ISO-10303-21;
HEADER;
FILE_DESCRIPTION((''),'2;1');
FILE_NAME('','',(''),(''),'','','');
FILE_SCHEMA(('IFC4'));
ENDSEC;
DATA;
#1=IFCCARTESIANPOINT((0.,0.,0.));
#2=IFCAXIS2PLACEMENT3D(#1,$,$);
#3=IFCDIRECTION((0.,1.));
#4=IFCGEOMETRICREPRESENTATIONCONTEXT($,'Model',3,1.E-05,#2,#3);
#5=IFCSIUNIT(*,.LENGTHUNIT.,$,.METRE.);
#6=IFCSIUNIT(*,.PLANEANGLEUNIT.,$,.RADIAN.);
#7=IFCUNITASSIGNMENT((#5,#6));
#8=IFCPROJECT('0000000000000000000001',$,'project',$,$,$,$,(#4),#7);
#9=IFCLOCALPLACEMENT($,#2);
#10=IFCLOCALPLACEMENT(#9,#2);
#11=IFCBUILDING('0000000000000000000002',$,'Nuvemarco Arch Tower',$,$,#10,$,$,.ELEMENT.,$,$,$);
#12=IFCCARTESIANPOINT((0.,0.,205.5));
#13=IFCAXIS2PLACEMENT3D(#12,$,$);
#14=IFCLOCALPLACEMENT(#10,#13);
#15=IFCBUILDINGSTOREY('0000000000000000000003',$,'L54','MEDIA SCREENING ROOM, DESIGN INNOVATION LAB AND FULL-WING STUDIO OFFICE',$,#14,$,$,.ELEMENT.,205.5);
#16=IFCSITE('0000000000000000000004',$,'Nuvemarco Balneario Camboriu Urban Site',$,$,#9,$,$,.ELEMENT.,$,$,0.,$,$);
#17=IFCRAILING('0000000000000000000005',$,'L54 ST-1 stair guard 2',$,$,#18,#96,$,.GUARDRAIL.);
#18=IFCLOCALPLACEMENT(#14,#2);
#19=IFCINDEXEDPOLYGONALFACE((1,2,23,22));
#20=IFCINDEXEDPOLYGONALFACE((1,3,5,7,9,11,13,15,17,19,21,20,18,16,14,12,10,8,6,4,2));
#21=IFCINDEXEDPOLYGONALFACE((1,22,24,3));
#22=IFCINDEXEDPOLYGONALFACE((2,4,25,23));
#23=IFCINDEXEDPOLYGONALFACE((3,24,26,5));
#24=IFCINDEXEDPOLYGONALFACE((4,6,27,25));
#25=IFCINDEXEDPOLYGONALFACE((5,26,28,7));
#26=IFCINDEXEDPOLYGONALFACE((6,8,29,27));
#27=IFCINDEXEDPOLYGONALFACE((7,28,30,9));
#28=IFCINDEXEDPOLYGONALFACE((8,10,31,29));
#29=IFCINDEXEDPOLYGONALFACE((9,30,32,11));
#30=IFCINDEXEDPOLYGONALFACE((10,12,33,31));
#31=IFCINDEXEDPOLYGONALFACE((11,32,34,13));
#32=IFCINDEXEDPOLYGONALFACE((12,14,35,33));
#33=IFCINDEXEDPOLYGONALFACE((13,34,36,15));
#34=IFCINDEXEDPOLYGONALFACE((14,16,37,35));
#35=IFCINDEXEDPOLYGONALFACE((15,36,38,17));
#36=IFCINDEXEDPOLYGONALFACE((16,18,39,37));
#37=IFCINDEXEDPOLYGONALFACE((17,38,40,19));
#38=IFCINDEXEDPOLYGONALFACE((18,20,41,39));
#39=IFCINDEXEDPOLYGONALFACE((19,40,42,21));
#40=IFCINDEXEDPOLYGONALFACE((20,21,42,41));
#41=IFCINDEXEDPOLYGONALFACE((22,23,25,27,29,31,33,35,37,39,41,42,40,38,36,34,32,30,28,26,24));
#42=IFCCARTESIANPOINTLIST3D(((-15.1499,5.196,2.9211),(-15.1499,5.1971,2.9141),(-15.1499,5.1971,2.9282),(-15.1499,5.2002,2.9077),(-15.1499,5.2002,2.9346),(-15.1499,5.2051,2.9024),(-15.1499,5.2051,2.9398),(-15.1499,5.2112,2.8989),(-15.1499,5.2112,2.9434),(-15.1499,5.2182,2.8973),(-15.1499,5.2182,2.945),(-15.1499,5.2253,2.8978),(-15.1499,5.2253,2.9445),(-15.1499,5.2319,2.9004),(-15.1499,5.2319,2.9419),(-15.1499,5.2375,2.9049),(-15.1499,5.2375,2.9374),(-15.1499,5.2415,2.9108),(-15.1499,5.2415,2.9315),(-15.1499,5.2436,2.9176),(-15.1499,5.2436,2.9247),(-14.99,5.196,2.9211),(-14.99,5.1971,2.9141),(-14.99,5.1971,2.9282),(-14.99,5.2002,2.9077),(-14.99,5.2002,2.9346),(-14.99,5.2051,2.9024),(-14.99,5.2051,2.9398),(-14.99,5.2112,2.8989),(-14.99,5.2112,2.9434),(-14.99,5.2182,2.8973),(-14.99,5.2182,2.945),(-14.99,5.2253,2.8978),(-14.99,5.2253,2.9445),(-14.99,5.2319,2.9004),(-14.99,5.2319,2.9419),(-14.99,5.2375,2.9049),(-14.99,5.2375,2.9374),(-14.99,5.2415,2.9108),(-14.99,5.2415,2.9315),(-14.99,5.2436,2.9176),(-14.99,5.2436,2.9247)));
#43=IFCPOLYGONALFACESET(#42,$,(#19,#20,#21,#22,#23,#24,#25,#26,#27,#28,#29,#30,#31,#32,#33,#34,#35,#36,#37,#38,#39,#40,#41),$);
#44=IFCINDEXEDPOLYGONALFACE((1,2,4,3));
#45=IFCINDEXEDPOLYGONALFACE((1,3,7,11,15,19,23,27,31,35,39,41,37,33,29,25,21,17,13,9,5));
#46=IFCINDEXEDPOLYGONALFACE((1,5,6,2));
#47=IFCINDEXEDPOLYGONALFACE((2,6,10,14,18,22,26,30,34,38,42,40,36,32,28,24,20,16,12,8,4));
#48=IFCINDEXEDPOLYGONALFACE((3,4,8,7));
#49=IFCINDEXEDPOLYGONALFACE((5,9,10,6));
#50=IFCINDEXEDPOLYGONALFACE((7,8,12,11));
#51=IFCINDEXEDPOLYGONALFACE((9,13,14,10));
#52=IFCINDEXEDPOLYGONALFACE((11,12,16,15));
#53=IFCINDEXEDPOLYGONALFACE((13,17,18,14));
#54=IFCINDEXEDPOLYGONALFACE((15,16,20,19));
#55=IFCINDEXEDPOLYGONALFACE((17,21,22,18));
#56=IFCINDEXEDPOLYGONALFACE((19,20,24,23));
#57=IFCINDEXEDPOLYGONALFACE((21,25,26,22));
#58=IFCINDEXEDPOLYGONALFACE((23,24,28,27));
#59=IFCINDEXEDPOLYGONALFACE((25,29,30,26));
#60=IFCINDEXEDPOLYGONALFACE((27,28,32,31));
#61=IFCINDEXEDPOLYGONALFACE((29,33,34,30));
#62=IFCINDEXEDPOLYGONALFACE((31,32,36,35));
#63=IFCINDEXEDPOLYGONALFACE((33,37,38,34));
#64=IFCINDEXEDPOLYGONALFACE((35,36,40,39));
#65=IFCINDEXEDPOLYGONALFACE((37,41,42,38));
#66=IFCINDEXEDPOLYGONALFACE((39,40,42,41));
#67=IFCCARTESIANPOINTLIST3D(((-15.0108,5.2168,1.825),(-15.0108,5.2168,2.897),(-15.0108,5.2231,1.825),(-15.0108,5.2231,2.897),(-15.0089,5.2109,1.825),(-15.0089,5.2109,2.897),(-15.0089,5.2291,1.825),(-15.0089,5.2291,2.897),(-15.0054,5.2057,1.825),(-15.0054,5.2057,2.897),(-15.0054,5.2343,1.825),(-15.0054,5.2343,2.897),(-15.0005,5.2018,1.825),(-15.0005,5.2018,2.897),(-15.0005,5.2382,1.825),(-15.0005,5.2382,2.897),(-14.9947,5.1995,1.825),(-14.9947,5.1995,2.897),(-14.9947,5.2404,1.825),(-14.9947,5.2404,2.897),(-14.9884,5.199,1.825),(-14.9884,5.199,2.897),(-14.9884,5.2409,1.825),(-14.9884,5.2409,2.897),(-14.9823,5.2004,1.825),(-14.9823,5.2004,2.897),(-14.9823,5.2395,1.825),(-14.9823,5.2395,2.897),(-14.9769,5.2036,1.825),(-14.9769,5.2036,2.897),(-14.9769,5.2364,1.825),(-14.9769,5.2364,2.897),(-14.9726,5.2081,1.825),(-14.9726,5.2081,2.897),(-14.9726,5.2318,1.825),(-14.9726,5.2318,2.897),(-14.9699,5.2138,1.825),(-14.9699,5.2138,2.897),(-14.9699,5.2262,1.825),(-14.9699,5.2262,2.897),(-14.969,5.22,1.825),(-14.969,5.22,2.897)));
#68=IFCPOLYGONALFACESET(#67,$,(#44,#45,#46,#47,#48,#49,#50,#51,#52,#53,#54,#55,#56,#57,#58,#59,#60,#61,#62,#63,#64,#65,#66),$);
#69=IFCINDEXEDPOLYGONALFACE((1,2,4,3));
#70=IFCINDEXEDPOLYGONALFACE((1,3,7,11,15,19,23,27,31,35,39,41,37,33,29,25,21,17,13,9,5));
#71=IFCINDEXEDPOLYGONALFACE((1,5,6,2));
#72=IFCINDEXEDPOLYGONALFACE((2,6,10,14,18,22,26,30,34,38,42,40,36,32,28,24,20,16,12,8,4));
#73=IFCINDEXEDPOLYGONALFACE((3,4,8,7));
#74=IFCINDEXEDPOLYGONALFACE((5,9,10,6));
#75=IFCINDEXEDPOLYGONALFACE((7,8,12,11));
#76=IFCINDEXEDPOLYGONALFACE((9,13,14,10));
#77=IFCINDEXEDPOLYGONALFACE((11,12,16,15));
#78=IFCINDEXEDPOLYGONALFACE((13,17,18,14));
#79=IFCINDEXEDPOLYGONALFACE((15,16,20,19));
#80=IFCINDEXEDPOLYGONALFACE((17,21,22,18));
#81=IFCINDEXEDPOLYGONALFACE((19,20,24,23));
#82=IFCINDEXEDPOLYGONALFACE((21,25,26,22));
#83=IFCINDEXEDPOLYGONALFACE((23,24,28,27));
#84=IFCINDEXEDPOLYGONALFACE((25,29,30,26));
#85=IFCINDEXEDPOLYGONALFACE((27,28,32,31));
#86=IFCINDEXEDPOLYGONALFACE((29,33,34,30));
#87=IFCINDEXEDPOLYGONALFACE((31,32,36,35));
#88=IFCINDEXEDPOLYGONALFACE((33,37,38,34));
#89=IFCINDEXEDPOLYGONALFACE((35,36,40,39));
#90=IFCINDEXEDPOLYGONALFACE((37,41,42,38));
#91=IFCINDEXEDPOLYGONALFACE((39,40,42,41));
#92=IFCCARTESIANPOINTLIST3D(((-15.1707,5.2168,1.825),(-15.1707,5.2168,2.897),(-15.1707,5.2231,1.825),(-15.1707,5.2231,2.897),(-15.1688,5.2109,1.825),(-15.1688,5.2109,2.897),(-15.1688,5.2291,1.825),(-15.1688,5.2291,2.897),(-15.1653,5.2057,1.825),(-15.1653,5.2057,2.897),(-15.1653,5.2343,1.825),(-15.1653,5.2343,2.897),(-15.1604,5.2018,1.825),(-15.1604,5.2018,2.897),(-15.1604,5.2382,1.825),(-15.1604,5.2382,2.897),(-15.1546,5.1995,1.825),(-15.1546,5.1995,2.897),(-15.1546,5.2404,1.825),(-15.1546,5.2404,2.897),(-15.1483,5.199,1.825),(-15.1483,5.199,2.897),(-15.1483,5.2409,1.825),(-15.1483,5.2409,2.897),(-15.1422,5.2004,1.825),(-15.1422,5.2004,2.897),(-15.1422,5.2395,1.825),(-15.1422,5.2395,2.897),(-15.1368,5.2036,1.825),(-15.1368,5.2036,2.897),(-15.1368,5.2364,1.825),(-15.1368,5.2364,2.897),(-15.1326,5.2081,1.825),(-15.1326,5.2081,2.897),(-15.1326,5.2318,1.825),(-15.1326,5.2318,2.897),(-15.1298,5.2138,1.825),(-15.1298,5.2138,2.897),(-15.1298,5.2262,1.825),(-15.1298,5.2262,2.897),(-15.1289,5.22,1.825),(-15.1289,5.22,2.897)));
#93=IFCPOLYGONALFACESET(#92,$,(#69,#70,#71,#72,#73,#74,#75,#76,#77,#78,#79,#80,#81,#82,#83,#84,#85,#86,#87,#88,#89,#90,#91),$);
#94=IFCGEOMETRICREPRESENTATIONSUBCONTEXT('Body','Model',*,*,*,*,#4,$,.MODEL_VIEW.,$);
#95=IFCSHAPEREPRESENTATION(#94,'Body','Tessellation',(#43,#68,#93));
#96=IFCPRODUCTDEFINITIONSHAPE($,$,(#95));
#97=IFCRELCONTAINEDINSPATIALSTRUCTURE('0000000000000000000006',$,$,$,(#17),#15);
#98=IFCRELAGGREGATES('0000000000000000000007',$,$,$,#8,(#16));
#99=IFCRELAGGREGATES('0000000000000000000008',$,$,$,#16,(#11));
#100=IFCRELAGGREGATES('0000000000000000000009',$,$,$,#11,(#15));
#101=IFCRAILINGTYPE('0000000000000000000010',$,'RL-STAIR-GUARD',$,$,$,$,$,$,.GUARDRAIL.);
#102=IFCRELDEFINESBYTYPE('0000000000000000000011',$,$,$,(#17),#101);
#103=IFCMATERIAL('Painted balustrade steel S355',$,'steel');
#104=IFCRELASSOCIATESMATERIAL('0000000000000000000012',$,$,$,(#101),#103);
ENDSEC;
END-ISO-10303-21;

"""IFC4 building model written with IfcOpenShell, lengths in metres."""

from ifc_helpers import new_model, si_unit, direction, frame, origin, origin_2d, place, context, subcontext, project, spatial, circle, extrude, material, type_object, element, save


model = new_model("IFC4")

# Units and contexts
model_context = context("Model", 3, precision=1e-05, world=origin(), true_north=direction((0.0, 1.0)))
body_context = subcontext(model_context, "Body", "Model", "MODEL_VIEW")
ifc_project = project(units=[si_unit("LENGTHUNIT", "METRE"), si_unit("PLANEANGLEUNIT", "RADIAN")], contexts=[model_context])

# Site, building, storey
site_placement = place(None, origin())
site = spatial("IfcSite", under=ifc_project, at=site_placement, Name="Nuvemarco Balneario Camboriu Urban Site", CompositionType="ELEMENT", RefElevation=0.0)
building_placement = place(site_placement, origin())
building = spatial("IfcBuilding", under=site, at=building_placement, Name="Nuvemarco Arch Tower", CompositionType="ELEMENT")
storey_placement = place(building_placement, frame((0.0, 0.0, 205.5)))
storey = spatial("IfcBuildingStorey", under=building, at=storey_placement, Name="L54", Description="MEDIA SCREENING ROOM, DESIGN INNOVATION LAB AND FULL-WING STUDIO OFFICE", CompositionType="ELEMENT", Elevation=205.5)

# Railing
ifc_material_1 = material(Name="Painted balustrade steel S355", Category="steel")
railing_type_1 = type_object("IfcRailingType", Name="RL-STAIR-GUARD", PredefinedType="GUARDRAIL", material=ifc_material_1)
railing_1_placement = place(storey_placement, frame((-14.99, 5.22, 1.825)))
element("IfcRailing", 1, at=railing_1_placement, inside=storey, type_object=railing_type_1, Name="L54 ST-1 stair guard 2", PredefinedType="GUARDRAIL", context=body_context, shape_type="SweptSolid", body=[
    extrude(circle(Radius=0.0239, at=origin_2d()), frame((0.0, 0.0, 1.0962), z_axis=(-1.0, 0.0, 0.0), x_axis=(0.0, -1.0, 0.0)), (0.0, 0.0, 1.0), 0.1599),
    extrude(circle(Radius=0.021, at=origin_2d()), origin(), (0.0, 0.0, 1.0), 1.072),
    extrude(circle(Radius=0.021, at=origin_2d()), frame((-0.1599, 0.0, 0.0)), (0.0, 0.0, 1.0), 1.072),
])

save(model, "model.ifc")
